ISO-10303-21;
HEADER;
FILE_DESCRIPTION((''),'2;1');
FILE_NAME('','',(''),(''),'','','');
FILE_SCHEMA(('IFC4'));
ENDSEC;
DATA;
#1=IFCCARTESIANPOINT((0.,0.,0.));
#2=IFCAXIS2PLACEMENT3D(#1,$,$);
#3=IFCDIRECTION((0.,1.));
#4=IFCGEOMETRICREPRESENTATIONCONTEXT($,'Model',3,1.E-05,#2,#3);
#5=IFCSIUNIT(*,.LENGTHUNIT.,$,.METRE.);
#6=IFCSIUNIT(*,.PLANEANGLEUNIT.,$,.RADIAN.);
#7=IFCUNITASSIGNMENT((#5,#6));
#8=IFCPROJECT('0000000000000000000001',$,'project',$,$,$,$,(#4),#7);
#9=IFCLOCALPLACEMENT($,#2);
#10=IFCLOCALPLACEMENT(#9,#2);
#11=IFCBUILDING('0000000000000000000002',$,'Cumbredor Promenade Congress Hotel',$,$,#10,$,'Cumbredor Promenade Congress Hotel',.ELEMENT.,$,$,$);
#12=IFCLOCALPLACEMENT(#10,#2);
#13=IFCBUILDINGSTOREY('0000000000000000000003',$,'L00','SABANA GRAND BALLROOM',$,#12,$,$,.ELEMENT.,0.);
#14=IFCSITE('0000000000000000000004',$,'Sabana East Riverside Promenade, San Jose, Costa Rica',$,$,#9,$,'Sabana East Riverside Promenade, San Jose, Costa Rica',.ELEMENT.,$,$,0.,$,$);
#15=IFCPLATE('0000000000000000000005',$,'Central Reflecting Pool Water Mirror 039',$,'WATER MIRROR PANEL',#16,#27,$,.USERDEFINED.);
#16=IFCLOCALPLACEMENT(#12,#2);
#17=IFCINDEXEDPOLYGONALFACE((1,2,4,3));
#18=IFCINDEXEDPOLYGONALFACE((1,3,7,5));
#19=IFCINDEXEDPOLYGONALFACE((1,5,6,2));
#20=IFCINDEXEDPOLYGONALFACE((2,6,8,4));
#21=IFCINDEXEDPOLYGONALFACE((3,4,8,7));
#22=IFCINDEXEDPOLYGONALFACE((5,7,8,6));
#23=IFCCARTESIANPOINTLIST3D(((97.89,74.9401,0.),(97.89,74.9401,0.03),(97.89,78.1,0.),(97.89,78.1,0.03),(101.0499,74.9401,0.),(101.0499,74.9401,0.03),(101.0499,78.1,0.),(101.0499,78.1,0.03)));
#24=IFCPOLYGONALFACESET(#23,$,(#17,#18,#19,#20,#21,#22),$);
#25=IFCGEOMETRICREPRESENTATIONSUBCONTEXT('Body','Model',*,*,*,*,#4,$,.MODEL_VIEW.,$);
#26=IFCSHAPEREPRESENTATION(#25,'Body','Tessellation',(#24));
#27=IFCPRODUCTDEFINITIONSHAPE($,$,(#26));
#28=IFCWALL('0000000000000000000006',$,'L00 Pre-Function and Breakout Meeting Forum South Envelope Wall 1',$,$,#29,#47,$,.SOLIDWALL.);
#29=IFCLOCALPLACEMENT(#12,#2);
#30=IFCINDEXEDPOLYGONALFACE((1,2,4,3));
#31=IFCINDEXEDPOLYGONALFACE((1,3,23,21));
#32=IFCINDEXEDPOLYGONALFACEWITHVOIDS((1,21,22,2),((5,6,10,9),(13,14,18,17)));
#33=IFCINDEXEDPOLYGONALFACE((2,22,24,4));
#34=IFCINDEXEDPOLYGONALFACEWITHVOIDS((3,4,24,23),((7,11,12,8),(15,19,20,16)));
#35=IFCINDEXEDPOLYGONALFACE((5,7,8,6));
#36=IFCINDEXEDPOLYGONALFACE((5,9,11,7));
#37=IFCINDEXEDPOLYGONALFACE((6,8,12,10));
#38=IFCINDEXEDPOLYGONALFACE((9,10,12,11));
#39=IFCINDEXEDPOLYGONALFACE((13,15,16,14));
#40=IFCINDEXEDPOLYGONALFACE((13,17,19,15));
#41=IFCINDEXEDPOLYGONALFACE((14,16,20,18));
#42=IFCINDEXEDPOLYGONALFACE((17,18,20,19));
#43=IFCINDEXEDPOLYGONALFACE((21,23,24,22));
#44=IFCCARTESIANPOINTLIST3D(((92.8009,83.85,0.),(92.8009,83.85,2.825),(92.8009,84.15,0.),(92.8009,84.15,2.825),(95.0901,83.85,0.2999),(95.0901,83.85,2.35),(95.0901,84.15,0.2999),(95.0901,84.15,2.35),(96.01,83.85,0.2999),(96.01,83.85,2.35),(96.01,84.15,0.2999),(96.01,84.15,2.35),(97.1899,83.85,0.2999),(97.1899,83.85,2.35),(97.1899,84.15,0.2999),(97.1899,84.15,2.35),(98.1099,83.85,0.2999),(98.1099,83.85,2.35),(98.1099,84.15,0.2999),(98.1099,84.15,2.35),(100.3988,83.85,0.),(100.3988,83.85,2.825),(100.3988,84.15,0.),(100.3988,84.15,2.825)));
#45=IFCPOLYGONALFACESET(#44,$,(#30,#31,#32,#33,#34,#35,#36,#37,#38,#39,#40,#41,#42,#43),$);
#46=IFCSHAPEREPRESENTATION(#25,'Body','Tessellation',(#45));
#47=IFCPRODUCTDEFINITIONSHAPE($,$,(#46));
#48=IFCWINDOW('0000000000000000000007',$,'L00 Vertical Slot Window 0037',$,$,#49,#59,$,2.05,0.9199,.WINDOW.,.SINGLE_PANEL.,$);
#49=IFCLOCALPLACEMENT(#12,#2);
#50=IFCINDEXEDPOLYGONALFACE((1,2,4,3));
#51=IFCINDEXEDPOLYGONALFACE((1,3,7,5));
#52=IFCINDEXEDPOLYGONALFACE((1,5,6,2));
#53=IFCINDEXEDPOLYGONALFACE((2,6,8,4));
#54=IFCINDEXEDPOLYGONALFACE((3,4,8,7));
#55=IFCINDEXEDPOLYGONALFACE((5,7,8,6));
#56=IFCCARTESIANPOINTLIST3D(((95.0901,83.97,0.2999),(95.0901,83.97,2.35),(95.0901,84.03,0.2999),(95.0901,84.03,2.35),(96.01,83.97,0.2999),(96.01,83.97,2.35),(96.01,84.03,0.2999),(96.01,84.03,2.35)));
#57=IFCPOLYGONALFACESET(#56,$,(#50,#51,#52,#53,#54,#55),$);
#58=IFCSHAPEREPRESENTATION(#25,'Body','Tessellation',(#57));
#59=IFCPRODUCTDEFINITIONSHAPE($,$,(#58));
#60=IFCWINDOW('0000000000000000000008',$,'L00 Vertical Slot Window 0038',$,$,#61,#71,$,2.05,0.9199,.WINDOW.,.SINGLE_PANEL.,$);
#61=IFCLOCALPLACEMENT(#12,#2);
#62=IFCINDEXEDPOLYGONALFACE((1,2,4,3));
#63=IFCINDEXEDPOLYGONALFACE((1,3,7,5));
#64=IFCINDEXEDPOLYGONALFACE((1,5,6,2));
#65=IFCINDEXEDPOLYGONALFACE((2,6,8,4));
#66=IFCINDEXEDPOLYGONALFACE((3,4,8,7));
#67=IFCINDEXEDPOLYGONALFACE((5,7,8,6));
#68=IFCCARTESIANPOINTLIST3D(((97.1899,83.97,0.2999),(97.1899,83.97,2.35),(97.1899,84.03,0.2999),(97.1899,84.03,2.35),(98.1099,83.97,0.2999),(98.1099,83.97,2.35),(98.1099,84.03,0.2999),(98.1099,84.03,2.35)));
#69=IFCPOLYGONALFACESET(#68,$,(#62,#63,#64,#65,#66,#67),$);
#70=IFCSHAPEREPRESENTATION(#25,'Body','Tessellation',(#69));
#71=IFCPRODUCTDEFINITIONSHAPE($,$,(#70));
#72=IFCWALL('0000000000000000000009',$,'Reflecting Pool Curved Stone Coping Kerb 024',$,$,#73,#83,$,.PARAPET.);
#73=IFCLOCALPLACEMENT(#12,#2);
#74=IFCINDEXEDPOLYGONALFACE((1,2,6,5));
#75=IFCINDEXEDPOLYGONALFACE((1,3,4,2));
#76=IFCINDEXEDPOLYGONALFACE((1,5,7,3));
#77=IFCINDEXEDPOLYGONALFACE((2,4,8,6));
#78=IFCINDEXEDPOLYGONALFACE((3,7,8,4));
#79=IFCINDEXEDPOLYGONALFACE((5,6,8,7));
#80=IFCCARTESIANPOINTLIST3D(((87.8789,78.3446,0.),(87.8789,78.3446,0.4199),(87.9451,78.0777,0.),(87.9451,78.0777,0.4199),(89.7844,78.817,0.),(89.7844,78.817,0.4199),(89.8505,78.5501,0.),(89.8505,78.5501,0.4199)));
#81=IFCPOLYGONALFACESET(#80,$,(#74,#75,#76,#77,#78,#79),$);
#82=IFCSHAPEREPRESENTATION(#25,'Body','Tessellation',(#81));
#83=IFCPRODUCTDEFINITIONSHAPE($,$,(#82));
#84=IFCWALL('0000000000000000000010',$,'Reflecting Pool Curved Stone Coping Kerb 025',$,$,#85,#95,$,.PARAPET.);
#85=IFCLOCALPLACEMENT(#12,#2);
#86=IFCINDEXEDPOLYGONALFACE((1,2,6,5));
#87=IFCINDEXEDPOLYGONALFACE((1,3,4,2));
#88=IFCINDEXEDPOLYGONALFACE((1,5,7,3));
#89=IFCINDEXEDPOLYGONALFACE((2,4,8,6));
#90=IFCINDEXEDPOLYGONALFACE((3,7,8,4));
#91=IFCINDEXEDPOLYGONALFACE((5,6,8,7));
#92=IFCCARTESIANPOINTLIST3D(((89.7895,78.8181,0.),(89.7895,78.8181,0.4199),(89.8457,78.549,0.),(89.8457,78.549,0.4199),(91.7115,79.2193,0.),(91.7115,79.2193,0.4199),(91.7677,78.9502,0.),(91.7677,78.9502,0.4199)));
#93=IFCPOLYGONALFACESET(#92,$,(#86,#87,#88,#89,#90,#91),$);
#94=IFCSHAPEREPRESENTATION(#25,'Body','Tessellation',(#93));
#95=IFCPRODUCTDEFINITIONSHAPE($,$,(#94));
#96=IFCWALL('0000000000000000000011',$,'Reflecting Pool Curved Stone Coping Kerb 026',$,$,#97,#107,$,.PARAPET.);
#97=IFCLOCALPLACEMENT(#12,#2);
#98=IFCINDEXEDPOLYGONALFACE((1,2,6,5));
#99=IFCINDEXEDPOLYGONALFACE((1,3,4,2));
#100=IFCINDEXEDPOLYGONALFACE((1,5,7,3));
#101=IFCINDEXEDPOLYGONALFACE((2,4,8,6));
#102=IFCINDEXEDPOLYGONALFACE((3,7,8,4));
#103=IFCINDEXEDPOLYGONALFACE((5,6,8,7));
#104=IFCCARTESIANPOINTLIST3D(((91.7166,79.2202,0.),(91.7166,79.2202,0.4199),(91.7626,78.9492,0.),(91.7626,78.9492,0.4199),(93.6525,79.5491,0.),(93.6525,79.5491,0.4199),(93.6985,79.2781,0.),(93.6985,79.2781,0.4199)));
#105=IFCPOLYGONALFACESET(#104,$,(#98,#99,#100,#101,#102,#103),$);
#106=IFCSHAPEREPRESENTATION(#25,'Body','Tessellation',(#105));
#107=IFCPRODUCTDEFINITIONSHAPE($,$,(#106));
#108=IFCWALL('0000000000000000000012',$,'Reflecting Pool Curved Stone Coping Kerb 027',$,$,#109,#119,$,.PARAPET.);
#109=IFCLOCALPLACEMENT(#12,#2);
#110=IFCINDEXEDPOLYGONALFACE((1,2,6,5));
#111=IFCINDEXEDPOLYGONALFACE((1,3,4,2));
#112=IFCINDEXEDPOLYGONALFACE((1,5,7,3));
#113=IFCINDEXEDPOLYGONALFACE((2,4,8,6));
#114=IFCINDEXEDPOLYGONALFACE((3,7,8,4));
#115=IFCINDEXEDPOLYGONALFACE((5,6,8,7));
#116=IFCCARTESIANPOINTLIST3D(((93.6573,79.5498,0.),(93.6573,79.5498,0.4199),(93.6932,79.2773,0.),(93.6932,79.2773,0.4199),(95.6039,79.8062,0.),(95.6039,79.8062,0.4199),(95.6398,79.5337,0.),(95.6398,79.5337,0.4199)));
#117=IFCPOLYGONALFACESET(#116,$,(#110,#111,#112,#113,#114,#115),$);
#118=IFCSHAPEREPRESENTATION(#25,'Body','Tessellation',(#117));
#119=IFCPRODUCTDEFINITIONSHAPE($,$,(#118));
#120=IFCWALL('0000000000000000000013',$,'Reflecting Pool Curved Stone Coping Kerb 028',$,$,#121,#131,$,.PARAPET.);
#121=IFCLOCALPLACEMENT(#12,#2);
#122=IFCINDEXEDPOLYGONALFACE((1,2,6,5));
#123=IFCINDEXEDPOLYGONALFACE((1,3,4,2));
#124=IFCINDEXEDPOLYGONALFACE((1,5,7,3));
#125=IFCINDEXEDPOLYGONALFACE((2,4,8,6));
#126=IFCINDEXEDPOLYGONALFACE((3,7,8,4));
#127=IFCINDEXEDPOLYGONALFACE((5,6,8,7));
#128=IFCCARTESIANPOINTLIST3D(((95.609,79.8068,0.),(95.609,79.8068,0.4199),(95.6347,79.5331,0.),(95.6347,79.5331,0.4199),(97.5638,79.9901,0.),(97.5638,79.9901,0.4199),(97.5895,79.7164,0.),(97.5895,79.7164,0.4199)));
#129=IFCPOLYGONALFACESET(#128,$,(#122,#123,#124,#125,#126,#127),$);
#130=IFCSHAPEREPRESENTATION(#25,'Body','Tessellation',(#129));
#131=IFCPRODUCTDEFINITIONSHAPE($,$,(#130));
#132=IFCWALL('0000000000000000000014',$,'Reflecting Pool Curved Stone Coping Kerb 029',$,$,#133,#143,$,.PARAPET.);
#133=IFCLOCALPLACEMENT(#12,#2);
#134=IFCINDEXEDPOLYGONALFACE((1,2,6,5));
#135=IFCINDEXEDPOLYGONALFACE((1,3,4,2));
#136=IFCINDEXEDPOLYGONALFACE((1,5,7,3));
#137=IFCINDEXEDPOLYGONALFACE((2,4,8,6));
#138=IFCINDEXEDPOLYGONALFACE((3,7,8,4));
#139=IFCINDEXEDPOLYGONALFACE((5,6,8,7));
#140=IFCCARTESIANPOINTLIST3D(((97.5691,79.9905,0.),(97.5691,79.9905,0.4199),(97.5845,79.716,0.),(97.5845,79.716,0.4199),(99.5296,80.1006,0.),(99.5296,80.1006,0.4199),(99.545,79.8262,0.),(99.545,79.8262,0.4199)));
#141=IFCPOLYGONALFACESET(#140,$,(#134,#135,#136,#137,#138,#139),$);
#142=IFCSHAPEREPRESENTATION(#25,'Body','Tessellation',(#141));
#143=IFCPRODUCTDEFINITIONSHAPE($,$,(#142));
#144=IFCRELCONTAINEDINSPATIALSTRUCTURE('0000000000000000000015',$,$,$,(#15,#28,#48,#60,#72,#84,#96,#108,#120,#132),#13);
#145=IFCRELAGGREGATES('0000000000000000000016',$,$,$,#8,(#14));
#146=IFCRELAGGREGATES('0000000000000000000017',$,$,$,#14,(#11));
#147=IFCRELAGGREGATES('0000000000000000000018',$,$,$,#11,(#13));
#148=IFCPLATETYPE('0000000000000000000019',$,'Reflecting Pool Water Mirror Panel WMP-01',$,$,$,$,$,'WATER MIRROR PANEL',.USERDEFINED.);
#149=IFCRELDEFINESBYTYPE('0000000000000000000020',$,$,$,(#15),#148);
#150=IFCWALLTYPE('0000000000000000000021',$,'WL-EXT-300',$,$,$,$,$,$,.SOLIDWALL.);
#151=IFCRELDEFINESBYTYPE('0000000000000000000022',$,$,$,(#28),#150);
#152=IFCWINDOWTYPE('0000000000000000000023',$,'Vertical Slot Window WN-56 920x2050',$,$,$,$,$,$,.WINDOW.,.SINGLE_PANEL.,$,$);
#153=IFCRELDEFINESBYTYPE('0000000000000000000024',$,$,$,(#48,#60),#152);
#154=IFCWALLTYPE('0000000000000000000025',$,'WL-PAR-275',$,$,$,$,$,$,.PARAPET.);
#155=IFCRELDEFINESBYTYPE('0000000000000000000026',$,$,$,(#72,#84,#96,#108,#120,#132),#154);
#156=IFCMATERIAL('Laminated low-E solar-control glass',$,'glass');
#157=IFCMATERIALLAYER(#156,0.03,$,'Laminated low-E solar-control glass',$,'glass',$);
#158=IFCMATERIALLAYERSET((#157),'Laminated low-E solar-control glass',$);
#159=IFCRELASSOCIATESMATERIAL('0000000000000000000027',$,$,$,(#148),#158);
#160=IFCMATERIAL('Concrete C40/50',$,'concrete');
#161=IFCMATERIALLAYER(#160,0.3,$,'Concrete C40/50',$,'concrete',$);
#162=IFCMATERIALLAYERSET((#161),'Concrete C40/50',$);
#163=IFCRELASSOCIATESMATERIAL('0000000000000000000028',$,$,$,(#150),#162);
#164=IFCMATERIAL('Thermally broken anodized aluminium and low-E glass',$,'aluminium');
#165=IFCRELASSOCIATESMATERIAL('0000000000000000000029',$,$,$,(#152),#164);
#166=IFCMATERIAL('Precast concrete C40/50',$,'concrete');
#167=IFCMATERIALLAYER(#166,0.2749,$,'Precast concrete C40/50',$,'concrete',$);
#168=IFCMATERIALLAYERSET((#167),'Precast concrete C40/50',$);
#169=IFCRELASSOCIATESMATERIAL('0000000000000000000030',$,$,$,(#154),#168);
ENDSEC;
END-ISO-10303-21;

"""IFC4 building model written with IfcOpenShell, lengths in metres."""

from ifc_helpers import new_model, si_unit, direction, frame, frame_2d, origin, origin_2d, place, context, subcontext, project, spatial, rectangle, extrude, material, layer, layer_set, type_object, element, fill, save


model = new_model("IFC4")

# Units and contexts
model_context = context("Model", 3, precision=1e-05, world=origin(), true_north=direction((0.0, 1.0)))
body_context = subcontext(model_context, "Body", "Model", "MODEL_VIEW")
ifc_project = project(units=[si_unit("LENGTHUNIT", "METRE"), si_unit("PLANEANGLEUNIT", "RADIAN")], contexts=[model_context])

# Site, building, storey
site_placement = place(None, origin())
site = spatial("IfcSite", under=ifc_project, at=site_placement, Name="Sabana East Riverside Promenade, San Jose, Costa Rica", LongName="Sabana East Riverside Promenade, San Jose, Costa Rica", CompositionType="ELEMENT", RefElevation=0.0)
building_placement = place(site_placement, origin())
building = spatial("IfcBuilding", under=site, at=building_placement, Name="Cumbredor Promenade Congress Hotel", LongName="Cumbredor Promenade Congress Hotel", CompositionType="ELEMENT")
storey_placement = place(building_placement, origin())
storey = spatial("IfcBuildingStorey", under=building, at=storey_placement, Name="L00", Description="SABANA GRAND BALLROOM", CompositionType="ELEMENT", Elevation=0.0)

# Plate
ifc_material_1 = material(Name="Laminated low-E solar-control glass", Category="glass")
ifc_layer_1 = layer(ifc_material_1, 0.03, Name="Laminated low-E solar-control glass", Category="glass")
ifc_layer_set_1 = layer_set([ifc_layer_1], Name="Laminated low-E solar-control glass")
plate_type_1 = type_object("IfcPlateType", Name="Reflecting Pool Water Mirror Panel WMP-01", ElementType="WATER MIRROR PANEL", PredefinedType="USERDEFINED", material=ifc_layer_set_1)
for number, where, z_axis, x_axis, name in (
    (1, (99.47, 76.52, 0.0), (0.0, 0.0, 1.0), (1.0, 0.0, 0.0), "Central Reflecting Pool Water Mirror 039"),
):
    element("IfcPlate", number, at=place(storey_placement, frame(where, z_axis=z_axis, x_axis=x_axis)), inside=storey, type_object=plate_type_1, Name=name, ObjectType="WATER MIRROR PANEL", PredefinedType="USERDEFINED", context=body_context, shape_type="SweptSolid", body=[
        extrude(rectangle(XDim=3.1599, YDim=3.1599, at=origin_2d()), origin(), (0.0, 0.0, 1.0), 0.03),
    ])

# Wall, openings, windows
ifc_material_2 = material(Name="Concrete C40/50", Category="concrete")
ifc_layer_2 = layer(ifc_material_2, 0.3, Name="Concrete C40/50", Category="concrete")
ifc_layer_set_2 = layer_set([ifc_layer_2], Name="Concrete C40/50")
wall_type_1 = type_object("IfcWallType", Name="WL-EXT-300", PredefinedType="SOLIDWALL", material=ifc_layer_set_2)
wall_1_placement = place(storey_placement, frame((92.801, 84.0, 0.0), z_axis=(0.0, 0.0, 1.0), x_axis=(1.0, 0.0, 0.0)))
wall_1 = element("IfcWall", 2, at=wall_1_placement, inside=storey, type_object=wall_type_1, Name="L00 Pre-Function and Breakout Meeting Forum South Envelope Wall 1", PredefinedType="SOLIDWALL", context=body_context, shape_type="SweptSolid", body=[
    extrude(rectangle(XDim=7.5979, YDim=0.3, at=frame_2d((3.7988, 0.0))), origin(), (0.0, 0.0, 1.0), 2.825),
])
opening_1_placement = place(wall_1_placement, frame((2.2891, 0.0, 0.3)))
opening_1 = element("IfcOpeningElement", 3, at=opening_1_placement, cuts=wall_1, PredefinedType="OPENING", context=body_context, shape_type="SweptSolid", body=[
    extrude(rectangle(XDim=0.9199, YDim=2.05, at=frame_2d((0.46, 1.0249))), frame((0.0, 0.1602, 0.0), z_axis=(0.0, -1.0, 0.0), x_axis=(1.0, 0.0, 0.0)), (0.0, 0.0, 1.0), 0.3201),
])
opening_2_placement = place(wall_1_placement, frame((4.3889, 0.0, 0.3)))
opening_2 = element("IfcOpeningElement", 4, at=opening_2_placement, cuts=wall_1, PredefinedType="OPENING", context=body_context, shape_type="SweptSolid", body=[
    extrude(rectangle(XDim=0.9199, YDim=2.05, at=frame_2d((0.46, 1.0249))), frame((0.0, 0.1602, 0.0), z_axis=(0.0, -1.0, 0.0), x_axis=(1.0, 0.0, 0.0)), (0.0, 0.0, 1.0), 0.3201),
])
ifc_material_3 = material(Name="Thermally broken anodized aluminium and low-E glass", Category="aluminium")
window_type = type_object("IfcWindowType", Name="Vertical Slot Window WN-56 920x2050", PartitioningType="SINGLE_PANEL", PredefinedType="WINDOW", material=ifc_material_3)
window_1_placement = place(opening_1_placement, origin())
window_1 = element("IfcWindow", 5, at=window_1_placement, inside=storey, type_object=window_type, Name="L00 Vertical Slot Window 0037", OverallHeight=2.05, OverallWidth=0.9199, PartitioningType="SINGLE_PANEL", PredefinedType="WINDOW", context=body_context, shape_type="SweptSolid", body=[
    extrude(rectangle(XDim=0.9199, YDim=2.05, at=frame_2d((0.46, 1.0249))), frame((0.0, 0.03, 0.0), z_axis=(0.0, -1.0, 0.0), x_axis=(1.0, 0.0, 0.0)), (0.0, 0.0, 1.0), 0.0601),
])
fill(opening_1, window_1)
window_2_placement = place(opening_2_placement, origin())
window_2 = element("IfcWindow", 6, at=window_2_placement, inside=storey, type_object=window_type, Name="L00 Vertical Slot Window 0038", OverallHeight=2.05, OverallWidth=0.9199, PartitioningType="SINGLE_PANEL", PredefinedType="WINDOW", context=body_context, shape_type="SweptSolid", body=[
    extrude(rectangle(XDim=0.9199, YDim=2.05, at=frame_2d((0.46, 1.0249))), frame((0.0, 0.03, 0.0), z_axis=(0.0, -1.0, 0.0), x_axis=(1.0, 0.0, 0.0)), (0.0, 0.0, 1.0), 0.0601),
])
fill(opening_2, window_2)

# Walls
ifc_material_4 = material(Name="Precast concrete C40/50", Category="concrete")
ifc_layer_3 = layer(ifc_material_4, 0.2749, Name="Precast concrete C40/50", Category="concrete")
ifc_layer_set_3 = layer_set([ifc_layer_3], Name="Precast concrete C40/50")
wall_type_2 = type_object("IfcWallType", Name="WL-PAR-275", PredefinedType="PARAPET", material=ifc_layer_set_3)
wall_2_placement = place(storey_placement, frame((87.9121, 78.2112, 0.0), z_axis=(0.0, 0.0, 1.0), x_axis=(0.970616, 0.240633, 0.0)))
element("IfcWall", 7, at=wall_2_placement, inside=storey, type_object=wall_type_2, Name="Reflecting Pool Curved Stone Coping Kerb 024", PredefinedType="PARAPET", context=body_context, shape_type="SweptSolid", body=[
    extrude(rectangle(XDim=1.9631, YDim=0.2749, at=frame_2d((0.9814, 0.0))), origin(), (0.0, 0.0, 1.0), 0.4199),
])
wall_3_placement = place(storey_placement, frame((89.8176, 78.6836, 0.0), z_axis=(0.0, 0.0, 1.0), x_axis=(0.978906, 0.204312, 0.0)))
element("IfcWall", 8, at=wall_3_placement, inside=storey, type_object=wall_type_2, Name="Reflecting Pool Curved Stone Coping Kerb 025", PredefinedType="PARAPET", context=body_context, shape_type="SweptSolid", body=[
    extrude(rectangle(XDim=1.9634, YDim=0.2749, at=frame_2d((0.9817, 0.0))), origin(), (0.0, 0.0, 1.0), 0.4199),
])
wall_4_placement = place(storey_placement, frame((91.7395, 79.0847, 0.0), z_axis=(0.0, 0.0, 1.0), x_axis=(0.985875, 0.167483, 0.0)))
element("IfcWall", 9, at=wall_4_placement, inside=storey, type_object=wall_type_2, Name="Reflecting Pool Curved Stone Coping Kerb 026", PredefinedType="PARAPET", context=body_context, shape_type="SweptSolid", body=[
    extrude(rectangle(XDim=1.9636, YDim=0.2749, at=frame_2d((0.9819, 0.0))), origin(), (0.0, 0.0, 1.0), 0.4199),
])
for number, where, z_axis, x_axis, name in (
    (10, (93.6753, 79.4136, 0.0), (0.0, 0.0, 1.0), (0.991439, 0.130567, 0.0), "Reflecting Pool Curved Stone Coping Kerb 027"),
    (11, (95.6218, 79.6699, 0.0), (0.0, 0.0, 1.0), (0.99563, 0.093383, 0.0), "Reflecting Pool Curved Stone Coping Kerb 028"),
):
    element("IfcWall", number, at=place(storey_placement, frame(where, z_axis=z_axis, x_axis=x_axis)), inside=storey, type_object=wall_type_2, Name=name, PredefinedType="PARAPET", context=body_context, shape_type="SweptSolid", body=[
        extrude(rectangle(XDim=1.9634, YDim=0.2749, at=frame_2d((0.9817, 0.0))), origin(), (0.0, 0.0, 1.0), 0.4199),
    ])
wall_5_placement = place(storey_placement, frame((97.5767, 79.8533, 0.0), z_axis=(0.0, 0.0, 1.0), x_axis=(0.998427, 0.056076, 0.0)))
element("IfcWall", 12, at=wall_5_placement, inside=storey, type_object=wall_type_2, Name="Reflecting Pool Curved Stone Coping Kerb 029", PredefinedType="PARAPET", context=body_context, shape_type="SweptSolid", body=[
    extrude(rectangle(XDim=1.9636, YDim=0.2749, at=frame_2d((0.9819, 0.0))), origin(), (0.0, 0.0, 1.0), 0.4199),
])

save(model, "model.ifc")
